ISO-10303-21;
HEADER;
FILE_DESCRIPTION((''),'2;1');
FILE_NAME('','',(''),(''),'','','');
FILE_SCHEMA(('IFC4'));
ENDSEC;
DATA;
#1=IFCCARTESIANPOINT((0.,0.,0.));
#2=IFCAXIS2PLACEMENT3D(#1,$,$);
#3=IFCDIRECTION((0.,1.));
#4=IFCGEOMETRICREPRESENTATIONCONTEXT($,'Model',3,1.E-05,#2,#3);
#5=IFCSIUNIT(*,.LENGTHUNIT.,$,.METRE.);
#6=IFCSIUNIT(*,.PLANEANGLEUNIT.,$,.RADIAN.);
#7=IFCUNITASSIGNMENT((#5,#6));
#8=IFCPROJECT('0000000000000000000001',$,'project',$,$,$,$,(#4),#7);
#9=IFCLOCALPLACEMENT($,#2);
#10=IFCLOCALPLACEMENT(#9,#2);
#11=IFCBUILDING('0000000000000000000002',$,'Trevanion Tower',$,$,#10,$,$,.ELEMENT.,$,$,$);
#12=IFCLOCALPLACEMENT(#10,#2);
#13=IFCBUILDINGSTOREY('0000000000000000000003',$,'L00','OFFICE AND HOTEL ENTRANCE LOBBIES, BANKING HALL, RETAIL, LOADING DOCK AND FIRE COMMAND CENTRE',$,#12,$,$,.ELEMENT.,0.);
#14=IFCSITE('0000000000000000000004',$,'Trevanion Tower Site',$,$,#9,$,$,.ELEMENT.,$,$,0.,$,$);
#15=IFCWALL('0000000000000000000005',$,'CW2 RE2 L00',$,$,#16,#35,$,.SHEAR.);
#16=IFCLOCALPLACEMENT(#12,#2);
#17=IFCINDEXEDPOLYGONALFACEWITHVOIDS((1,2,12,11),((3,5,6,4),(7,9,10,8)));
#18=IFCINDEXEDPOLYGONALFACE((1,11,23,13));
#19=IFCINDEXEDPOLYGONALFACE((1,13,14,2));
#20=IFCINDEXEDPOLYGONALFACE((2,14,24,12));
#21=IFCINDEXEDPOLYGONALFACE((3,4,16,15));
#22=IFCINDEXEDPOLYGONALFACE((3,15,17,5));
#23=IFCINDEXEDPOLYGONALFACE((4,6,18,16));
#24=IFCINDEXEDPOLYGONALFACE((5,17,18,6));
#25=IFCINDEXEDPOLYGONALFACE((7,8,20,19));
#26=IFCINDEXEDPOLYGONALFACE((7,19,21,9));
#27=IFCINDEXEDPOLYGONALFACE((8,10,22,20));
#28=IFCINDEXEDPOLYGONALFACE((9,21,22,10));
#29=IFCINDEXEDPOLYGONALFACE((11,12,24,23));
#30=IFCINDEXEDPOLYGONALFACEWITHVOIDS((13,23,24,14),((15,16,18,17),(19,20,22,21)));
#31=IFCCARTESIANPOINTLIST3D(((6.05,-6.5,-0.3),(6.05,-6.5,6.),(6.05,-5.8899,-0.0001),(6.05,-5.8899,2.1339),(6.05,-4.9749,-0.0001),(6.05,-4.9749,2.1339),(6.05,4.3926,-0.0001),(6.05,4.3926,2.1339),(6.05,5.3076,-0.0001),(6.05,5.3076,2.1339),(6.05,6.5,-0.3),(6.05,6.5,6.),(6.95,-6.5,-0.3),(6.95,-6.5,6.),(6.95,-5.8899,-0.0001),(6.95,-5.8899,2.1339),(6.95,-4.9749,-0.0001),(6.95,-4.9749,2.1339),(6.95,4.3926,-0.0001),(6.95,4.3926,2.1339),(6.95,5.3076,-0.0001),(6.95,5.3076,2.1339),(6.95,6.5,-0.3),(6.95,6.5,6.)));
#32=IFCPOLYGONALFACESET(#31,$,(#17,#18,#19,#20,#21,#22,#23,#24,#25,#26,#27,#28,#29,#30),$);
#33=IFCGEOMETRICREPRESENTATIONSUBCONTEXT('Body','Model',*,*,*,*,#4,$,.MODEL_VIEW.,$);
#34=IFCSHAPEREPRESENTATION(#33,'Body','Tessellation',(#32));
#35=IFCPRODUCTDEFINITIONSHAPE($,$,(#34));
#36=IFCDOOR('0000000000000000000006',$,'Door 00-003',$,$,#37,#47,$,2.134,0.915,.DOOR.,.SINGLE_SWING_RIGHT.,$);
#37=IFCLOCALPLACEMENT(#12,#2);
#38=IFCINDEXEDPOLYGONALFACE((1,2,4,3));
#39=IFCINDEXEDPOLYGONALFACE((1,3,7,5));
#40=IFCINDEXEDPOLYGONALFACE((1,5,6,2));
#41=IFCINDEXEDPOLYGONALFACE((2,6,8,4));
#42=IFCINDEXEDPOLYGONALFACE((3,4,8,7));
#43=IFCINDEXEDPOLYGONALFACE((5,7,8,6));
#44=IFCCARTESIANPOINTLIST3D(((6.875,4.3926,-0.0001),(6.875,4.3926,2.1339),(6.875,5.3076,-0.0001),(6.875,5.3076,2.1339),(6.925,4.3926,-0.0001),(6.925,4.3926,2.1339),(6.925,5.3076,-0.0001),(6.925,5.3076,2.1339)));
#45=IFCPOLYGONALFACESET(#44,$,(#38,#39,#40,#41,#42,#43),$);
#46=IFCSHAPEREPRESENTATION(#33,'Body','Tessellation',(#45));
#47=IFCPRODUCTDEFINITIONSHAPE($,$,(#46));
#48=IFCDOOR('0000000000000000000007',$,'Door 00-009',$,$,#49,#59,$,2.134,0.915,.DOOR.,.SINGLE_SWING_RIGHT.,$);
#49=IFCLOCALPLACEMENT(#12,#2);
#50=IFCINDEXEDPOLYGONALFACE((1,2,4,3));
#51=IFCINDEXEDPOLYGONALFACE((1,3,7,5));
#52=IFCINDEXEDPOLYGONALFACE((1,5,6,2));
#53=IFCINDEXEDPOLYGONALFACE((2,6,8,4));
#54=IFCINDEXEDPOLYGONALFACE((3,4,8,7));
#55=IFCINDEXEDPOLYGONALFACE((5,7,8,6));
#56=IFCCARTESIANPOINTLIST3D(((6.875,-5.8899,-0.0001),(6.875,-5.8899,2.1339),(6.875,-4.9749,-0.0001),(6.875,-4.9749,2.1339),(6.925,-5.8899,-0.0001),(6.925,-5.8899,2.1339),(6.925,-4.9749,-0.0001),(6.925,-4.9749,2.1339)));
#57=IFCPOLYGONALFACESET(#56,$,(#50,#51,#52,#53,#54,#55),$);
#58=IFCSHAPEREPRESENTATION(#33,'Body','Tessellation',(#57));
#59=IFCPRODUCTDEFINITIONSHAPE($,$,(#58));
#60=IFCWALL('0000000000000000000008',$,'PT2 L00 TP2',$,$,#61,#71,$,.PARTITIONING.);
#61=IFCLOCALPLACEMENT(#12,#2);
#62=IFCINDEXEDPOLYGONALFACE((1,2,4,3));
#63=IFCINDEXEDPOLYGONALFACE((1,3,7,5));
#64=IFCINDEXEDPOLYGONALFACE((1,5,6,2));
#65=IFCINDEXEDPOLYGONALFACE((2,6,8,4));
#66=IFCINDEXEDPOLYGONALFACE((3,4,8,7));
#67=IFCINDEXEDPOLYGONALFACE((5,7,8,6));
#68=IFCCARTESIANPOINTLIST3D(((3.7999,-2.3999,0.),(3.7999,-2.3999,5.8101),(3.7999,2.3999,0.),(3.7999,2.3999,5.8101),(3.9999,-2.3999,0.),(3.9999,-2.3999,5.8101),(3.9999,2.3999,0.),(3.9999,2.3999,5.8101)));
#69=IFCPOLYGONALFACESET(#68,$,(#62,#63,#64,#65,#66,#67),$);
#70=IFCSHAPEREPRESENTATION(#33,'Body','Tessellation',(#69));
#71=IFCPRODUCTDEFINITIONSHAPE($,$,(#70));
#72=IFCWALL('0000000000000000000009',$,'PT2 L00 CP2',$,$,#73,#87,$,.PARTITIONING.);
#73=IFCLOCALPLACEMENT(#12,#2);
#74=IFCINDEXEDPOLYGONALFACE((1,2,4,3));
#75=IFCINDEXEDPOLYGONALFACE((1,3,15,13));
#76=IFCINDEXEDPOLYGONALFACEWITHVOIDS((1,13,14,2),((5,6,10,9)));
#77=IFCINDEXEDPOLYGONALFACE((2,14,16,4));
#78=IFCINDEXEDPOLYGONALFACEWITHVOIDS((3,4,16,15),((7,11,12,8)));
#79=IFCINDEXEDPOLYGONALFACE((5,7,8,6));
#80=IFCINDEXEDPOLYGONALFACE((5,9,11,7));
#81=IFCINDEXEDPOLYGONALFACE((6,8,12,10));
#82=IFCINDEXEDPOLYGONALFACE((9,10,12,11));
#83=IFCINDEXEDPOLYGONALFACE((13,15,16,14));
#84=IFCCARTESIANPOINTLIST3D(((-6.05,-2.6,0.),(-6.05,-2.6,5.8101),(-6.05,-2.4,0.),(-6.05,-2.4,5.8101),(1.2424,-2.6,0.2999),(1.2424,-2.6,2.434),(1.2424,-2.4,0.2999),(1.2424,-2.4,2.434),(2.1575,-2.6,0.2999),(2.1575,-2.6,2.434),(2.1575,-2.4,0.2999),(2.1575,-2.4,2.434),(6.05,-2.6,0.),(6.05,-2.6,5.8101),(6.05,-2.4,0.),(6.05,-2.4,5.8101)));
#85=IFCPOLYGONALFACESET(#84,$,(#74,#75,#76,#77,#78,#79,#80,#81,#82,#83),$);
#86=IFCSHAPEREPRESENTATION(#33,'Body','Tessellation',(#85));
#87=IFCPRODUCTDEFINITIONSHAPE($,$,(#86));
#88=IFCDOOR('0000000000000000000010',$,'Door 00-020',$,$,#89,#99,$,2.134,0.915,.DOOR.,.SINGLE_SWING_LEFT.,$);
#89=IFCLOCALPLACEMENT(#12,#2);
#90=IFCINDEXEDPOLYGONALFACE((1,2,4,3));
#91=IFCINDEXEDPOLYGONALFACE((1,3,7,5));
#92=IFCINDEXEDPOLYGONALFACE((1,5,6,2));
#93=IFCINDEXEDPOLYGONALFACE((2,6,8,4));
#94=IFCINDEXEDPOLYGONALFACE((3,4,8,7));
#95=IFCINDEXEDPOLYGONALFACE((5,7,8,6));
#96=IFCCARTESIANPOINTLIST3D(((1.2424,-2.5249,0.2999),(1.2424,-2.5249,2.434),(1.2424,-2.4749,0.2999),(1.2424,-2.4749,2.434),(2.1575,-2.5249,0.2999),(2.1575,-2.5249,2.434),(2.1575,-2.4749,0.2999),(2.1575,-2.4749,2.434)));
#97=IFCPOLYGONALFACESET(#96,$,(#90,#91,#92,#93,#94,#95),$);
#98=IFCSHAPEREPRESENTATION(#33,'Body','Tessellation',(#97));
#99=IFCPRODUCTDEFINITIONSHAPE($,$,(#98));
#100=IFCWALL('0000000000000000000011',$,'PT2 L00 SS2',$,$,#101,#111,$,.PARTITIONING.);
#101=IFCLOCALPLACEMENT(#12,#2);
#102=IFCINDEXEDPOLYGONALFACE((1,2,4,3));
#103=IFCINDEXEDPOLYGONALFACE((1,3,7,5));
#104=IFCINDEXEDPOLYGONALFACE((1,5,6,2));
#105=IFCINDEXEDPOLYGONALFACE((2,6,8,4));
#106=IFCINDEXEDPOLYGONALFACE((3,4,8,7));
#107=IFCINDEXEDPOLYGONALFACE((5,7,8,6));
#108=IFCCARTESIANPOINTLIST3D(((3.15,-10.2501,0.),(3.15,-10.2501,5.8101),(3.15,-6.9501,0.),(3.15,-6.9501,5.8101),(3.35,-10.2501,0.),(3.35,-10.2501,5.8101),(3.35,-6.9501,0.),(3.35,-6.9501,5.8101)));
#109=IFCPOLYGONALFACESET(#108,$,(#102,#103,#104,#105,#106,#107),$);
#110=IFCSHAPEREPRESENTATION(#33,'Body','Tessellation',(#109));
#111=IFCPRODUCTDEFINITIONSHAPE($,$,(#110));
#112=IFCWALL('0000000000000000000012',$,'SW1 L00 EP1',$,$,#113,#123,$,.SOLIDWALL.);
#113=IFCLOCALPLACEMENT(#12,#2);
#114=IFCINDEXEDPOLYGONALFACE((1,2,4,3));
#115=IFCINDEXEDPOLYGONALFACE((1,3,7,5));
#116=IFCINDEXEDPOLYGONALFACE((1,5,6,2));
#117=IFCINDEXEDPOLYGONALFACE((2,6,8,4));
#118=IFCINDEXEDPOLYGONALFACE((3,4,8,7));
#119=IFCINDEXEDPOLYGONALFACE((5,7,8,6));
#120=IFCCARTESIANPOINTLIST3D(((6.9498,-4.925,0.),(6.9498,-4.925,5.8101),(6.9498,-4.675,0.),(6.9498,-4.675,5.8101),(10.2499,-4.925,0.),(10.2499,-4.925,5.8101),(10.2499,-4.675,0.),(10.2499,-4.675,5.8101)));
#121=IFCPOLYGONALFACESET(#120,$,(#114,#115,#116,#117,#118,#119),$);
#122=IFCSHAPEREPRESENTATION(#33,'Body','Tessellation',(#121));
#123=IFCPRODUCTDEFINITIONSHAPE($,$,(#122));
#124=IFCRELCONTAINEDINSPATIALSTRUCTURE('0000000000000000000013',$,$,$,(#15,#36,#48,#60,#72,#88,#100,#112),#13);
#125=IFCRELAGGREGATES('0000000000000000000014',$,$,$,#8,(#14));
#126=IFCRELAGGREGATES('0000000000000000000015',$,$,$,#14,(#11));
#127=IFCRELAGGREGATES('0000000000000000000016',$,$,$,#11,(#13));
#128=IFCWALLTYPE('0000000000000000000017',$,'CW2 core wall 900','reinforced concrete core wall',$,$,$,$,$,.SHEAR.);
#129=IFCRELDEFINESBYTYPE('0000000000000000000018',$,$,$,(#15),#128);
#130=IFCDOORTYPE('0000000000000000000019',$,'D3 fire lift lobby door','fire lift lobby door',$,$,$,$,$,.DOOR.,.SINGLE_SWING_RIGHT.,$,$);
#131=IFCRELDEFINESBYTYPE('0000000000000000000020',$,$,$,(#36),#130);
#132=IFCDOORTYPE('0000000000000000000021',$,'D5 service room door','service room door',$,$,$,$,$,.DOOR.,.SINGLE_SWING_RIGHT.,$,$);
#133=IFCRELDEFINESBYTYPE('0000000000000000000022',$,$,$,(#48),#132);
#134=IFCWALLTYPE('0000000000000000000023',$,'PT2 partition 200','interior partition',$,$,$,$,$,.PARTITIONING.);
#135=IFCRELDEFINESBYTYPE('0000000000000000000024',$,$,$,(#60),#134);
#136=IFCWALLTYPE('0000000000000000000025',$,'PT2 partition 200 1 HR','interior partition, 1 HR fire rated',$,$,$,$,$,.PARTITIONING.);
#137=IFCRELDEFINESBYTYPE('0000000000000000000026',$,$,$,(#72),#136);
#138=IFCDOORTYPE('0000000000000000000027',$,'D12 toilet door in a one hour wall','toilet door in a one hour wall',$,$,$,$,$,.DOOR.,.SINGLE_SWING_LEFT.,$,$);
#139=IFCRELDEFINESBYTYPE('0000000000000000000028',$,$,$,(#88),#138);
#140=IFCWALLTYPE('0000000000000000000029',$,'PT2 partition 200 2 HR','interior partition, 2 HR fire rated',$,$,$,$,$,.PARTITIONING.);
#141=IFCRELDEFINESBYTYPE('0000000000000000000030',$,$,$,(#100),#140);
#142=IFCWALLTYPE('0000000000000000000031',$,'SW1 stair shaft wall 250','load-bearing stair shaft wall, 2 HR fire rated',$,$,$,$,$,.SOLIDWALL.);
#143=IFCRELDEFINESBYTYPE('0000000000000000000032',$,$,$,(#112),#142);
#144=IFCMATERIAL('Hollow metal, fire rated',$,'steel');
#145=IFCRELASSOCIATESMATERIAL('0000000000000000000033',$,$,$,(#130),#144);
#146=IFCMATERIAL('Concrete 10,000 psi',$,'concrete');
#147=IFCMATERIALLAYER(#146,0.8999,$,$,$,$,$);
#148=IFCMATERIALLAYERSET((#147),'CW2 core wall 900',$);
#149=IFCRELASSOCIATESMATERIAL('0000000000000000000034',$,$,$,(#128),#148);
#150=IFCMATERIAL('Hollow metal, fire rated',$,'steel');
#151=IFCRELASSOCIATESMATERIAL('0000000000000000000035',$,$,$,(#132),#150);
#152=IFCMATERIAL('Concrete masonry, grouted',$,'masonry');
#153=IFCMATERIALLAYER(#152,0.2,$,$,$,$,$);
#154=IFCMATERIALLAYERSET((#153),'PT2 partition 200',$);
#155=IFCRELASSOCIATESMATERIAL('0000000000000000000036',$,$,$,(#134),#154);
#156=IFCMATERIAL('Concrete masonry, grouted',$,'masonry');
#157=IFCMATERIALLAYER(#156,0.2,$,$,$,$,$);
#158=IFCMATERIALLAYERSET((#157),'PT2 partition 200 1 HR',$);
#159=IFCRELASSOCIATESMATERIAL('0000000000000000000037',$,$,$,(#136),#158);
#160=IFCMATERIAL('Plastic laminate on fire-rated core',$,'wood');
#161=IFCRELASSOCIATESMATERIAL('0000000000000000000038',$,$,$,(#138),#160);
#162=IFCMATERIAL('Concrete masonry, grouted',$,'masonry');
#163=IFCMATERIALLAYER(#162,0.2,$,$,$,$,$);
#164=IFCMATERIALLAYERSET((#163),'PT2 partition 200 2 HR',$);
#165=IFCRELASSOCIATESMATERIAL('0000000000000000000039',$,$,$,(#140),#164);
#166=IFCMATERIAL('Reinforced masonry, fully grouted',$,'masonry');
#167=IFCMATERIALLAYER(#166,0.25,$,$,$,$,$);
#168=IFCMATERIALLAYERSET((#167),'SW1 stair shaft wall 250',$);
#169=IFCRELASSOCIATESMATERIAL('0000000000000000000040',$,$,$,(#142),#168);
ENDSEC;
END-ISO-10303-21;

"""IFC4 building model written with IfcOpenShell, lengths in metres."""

from ifc_helpers import new_model, si_unit, direction, frame, frame_2d, origin, place, context, subcontext, project, spatial, rectangle, extrude, material, layer, layer_set, type_object, element, fill, save


model = new_model("IFC4")

# Units and contexts
model_context = context("Model", 3, precision=1e-05, world=origin(), true_north=direction((0.0, 1.0)))
body_context = subcontext(model_context, "Body", "Model", "MODEL_VIEW")
ifc_project = project(units=[si_unit("LENGTHUNIT", "METRE"), si_unit("PLANEANGLEUNIT", "RADIAN")], contexts=[model_context])

# Site, building, storey
site_placement = place(None, origin())
site = spatial("IfcSite", under=ifc_project, at=site_placement, Name="Trevanion Tower Site", CompositionType="ELEMENT", RefElevation=0.0)
building_placement = place(site_placement, origin())
building = spatial("IfcBuilding", under=site, at=building_placement, Name="Trevanion Tower", CompositionType="ELEMENT")
storey_placement = place(building_placement, origin())
storey = spatial("IfcBuildingStorey", under=building, at=storey_placement, Name="L00", Description="OFFICE AND HOTEL ENTRANCE LOBBIES, BANKING HALL, RETAIL, LOADING DOCK AND FIRE COMMAND CENTRE", CompositionType="ELEMENT", Elevation=0.0)

# Shared definitions
ifc_material_1 = material(Name="Hollow metal, fire rated", Category="steel")
door_type_1 = type_object("IfcDoorType", Name="D3 fire lift lobby door", Description="fire lift lobby door", OperationType="SINGLE_SWING_RIGHT", PredefinedType="DOOR", material=ifc_material_1)

# Shared definitions
ifc_material_2 = material(Name="Concrete 10,000 psi", Category="concrete")
ifc_layer_1 = layer(ifc_material_2, 0.8999)
ifc_layer_set_1 = layer_set([ifc_layer_1], Name="CW2 core wall 900")
wall_type_1 = type_object("IfcWallType", Name="CW2 core wall 900", Description="reinforced concrete core wall", PredefinedType="SHEAR", material=ifc_layer_set_1)

# Wall, openings, doors
wall_1_placement = place(storey_placement, frame((6.5, -6.5, -0.3), z_axis=(0.0, 0.0, 1.0), x_axis=(0.0, 1.0, 0.0)))
wall_1 = element("IfcWall", 1, at=wall_1_placement, inside=storey, type_object=wall_type_1, Name="CW2 RE2 L00", PredefinedType="SHEAR", context=body_context, shape_type="SweptSolid", body=[
    extrude(rectangle(XDim=13.0, YDim=0.8999, at=frame_2d((6.5, 0.0))), origin(), (0.0, 0.0, 1.0), 6.3),
])
opening_1_placement = place(wall_1_placement, frame((10.8926, 0.0, 0.3)))
opening_1 = element("IfcOpeningElement", 2, at=opening_1_placement, cuts=wall_1, PredefinedType="OPENING", context=body_context, shape_type="SweptSolid", body=[
    extrude(rectangle(XDim=0.915, YDim=2.134, at=frame_2d((0.4575, 1.0669))), frame((0.0, 0.46, 0.0), z_axis=(0.0, -1.0, 0.0), x_axis=(1.0, 0.0, 0.0)), (0.0, 0.0, 1.0), 0.9199),
])
opening_2_placement = place(wall_1_placement, frame((0.6101, 0.0, 0.3)))
opening_2 = element("IfcOpeningElement", 3, at=opening_2_placement, cuts=wall_1, PredefinedType="OPENING", context=body_context, shape_type="SweptSolid", body=[
    extrude(rectangle(XDim=0.915, YDim=2.134, at=frame_2d((0.4575, 1.0669))), frame((0.0, 0.46, 0.0), z_axis=(0.0, -1.0, 0.0), x_axis=(1.0, 0.0, 0.0)), (0.0, 0.0, 1.0), 0.9199),
])
door_1_placement = place(opening_1_placement, origin())
door_1 = element("IfcDoor", 4, at=door_1_placement, inside=storey, type_object=door_type_1, Name="Door 00-003", OperationType="SINGLE_SWING_RIGHT", OverallHeight=2.134, OverallWidth=0.915, PredefinedType="DOOR", context=body_context, shape_type="SweptSolid", body=[
    extrude(rectangle(XDim=0.915, YDim=2.134, at=frame_2d((0.4575, 1.0669))), frame((0.0, -0.375, 0.0), z_axis=(0.0, -1.0, 0.0), x_axis=(1.0, 0.0, 0.0)), (0.0, 0.0, 1.0), 0.05),
])
fill(opening_1, door_1)
ifc_material_3 = material(Name="Hollow metal, fire rated", Category="steel")
door_type_2 = type_object("IfcDoorType", Name="D5 service room door", Description="service room door", OperationType="SINGLE_SWING_RIGHT", PredefinedType="DOOR", material=ifc_material_3)
door_2_placement = place(opening_2_placement, origin())
door_2 = element("IfcDoor", 5, at=door_2_placement, inside=storey, type_object=door_type_2, Name="Door 00-009", OperationType="SINGLE_SWING_RIGHT", OverallHeight=2.134, OverallWidth=0.915, PredefinedType="DOOR", context=body_context, shape_type="SweptSolid", body=[
    extrude(rectangle(XDim=0.915, YDim=2.134, at=frame_2d((0.4575, 1.0669))), frame((0.0, -0.375, 0.0), z_axis=(0.0, -1.0, 0.0), x_axis=(1.0, 0.0, 0.0)), (0.0, 0.0, 1.0), 0.05),
])
fill(opening_2, door_2)

# Wall
ifc_material_4 = material(Name="Concrete masonry, grouted", Category="masonry")
ifc_layer_2 = layer(ifc_material_4, 0.2)
ifc_layer_set_2 = layer_set([ifc_layer_2], Name="PT2 partition 200")
wall_type_2 = type_object("IfcWallType", Name="PT2 partition 200", Description="interior partition", PredefinedType="PARTITIONING", material=ifc_layer_set_2)
wall_2_placement = place(storey_placement, frame((3.8999, -2.3999, 0.0), z_axis=(0.0, 0.0, 1.0), x_axis=(0.0, 1.0, 0.0)))
element("IfcWall", 6, at=wall_2_placement, inside=storey, type_object=wall_type_2, Name="PT2 L00 TP2", PredefinedType="PARTITIONING", context=body_context, shape_type="SweptSolid", body=[
    extrude(rectangle(XDim=4.7998, YDim=0.2, at=frame_2d((2.3999, 0.0))), origin(), (0.0, 0.0, 1.0), 5.8101),
])

# Wall, opening, door
ifc_material_5 = material(Name="Concrete masonry, grouted", Category="masonry")
ifc_layer_3 = layer(ifc_material_5, 0.2)
ifc_layer_set_3 = layer_set([ifc_layer_3], Name="PT2 partition 200 1 HR")
wall_type_3 = type_object("IfcWallType", Name="PT2 partition 200 1 HR", Description="interior partition, 1 HR fire rated", PredefinedType="PARTITIONING", material=ifc_layer_set_3)
wall_3_placement = place(storey_placement, frame((6.05, -2.5, 0.0), z_axis=(0.0, 0.0, 1.0), x_axis=(-1.0, 0.0, 0.0)))
wall_3 = element("IfcWall", 7, at=wall_3_placement, inside=storey, type_object=wall_type_3, Name="PT2 L00 CP2", PredefinedType="PARTITIONING", context=body_context, shape_type="SweptSolid", body=[
    extrude(rectangle(XDim=12.1001, YDim=0.2, at=frame_2d((6.05, 0.0))), origin(), (0.0, 0.0, 1.0), 5.8101),
])
opening_3_placement = place(wall_3_placement, frame((3.8926, 0.0, 0.3)))
opening_3 = element("IfcOpeningElement", 8, at=opening_3_placement, cuts=wall_3, PredefinedType="OPENING", context=body_context, shape_type="SweptSolid", body=[
    extrude(rectangle(XDim=0.915, YDim=2.134, at=frame_2d((0.4575, 1.0669))), frame((0.0, 0.1099, 0.0), z_axis=(0.0, -1.0, 0.0), x_axis=(1.0, 0.0, 0.0)), (0.0, 0.0, 1.0), 0.22),
])
ifc_material_6 = material(Name="Plastic laminate on fire-rated core", Category="wood")
door_type_3 = type_object("IfcDoorType", Name="D12 toilet door in a one hour wall", Description="toilet door in a one hour wall", OperationType="SINGLE_SWING_LEFT", PredefinedType="DOOR", material=ifc_material_6)
door_3_placement = place(opening_3_placement, origin())
door_3 = element("IfcDoor", 9, at=door_3_placement, inside=storey, type_object=door_type_3, Name="Door 00-020", OperationType="SINGLE_SWING_LEFT", OverallHeight=2.134, OverallWidth=0.915, PredefinedType="DOOR", context=body_context, shape_type="SweptSolid", body=[
    extrude(rectangle(XDim=0.915, YDim=2.134, at=frame_2d((0.4575, 1.0669))), frame((0.0, 0.0249, 0.0), z_axis=(0.0, -1.0, 0.0), x_axis=(1.0, 0.0, 0.0)), (0.0, 0.0, 1.0), 0.05),
])
fill(opening_3, door_3)

# Walls
ifc_material_7 = material(Name="Concrete masonry, grouted", Category="masonry")
ifc_layer_4 = layer(ifc_material_7, 0.2)
ifc_layer_set_4 = layer_set([ifc_layer_4], Name="PT2 partition 200 2 HR")
wall_type_4 = type_object("IfcWallType", Name="PT2 partition 200 2 HR", Description="interior partition, 2 HR fire rated", PredefinedType="PARTITIONING", material=ifc_layer_set_4)
wall_4_placement = place(storey_placement, frame((3.25, -10.25, 0.0), z_axis=(0.0, 0.0, 1.0), x_axis=(0.0, 1.0, 0.0)))
element("IfcWall", 10, at=wall_4_placement, inside=storey, type_object=wall_type_4, Name="PT2 L00 SS2", PredefinedType="PARTITIONING", context=body_context, shape_type="SweptSolid", body=[
    extrude(rectangle(XDim=3.3, YDim=0.2, at=frame_2d((1.6499, 0.0))), origin(), (0.0, 0.0, 1.0), 5.8101),
])
ifc_material_8 = material(Name="Reinforced masonry, fully grouted", Category="masonry")
ifc_layer_5 = layer(ifc_material_8, 0.25)
ifc_layer_set_5 = layer_set([ifc_layer_5], Name="SW1 stair shaft wall 250")
wall_type_5 = type_object("IfcWallType", Name="SW1 stair shaft wall 250", Description="load-bearing stair shaft wall, 2 HR fire rated", PredefinedType="SOLIDWALL", material=ifc_layer_set_5)
wall_5_placement = place(storey_placement, frame((6.95, -4.8, 0.0), z_axis=(0.0, 0.0, 1.0), x_axis=(1.0, 0.0, 0.0)))
element("IfcWall", 11, at=wall_5_placement, inside=storey, type_object=wall_type_5, Name="SW1 L00 EP1", PredefinedType="SOLIDWALL", context=body_context, shape_type="SweptSolid", body=[
    extrude(rectangle(XDim=3.3, YDim=0.25, at=frame_2d((1.6499, 0.0))), origin(), (0.0, 0.0, 1.0), 5.8101),
])

save(model, "model.ifc")
